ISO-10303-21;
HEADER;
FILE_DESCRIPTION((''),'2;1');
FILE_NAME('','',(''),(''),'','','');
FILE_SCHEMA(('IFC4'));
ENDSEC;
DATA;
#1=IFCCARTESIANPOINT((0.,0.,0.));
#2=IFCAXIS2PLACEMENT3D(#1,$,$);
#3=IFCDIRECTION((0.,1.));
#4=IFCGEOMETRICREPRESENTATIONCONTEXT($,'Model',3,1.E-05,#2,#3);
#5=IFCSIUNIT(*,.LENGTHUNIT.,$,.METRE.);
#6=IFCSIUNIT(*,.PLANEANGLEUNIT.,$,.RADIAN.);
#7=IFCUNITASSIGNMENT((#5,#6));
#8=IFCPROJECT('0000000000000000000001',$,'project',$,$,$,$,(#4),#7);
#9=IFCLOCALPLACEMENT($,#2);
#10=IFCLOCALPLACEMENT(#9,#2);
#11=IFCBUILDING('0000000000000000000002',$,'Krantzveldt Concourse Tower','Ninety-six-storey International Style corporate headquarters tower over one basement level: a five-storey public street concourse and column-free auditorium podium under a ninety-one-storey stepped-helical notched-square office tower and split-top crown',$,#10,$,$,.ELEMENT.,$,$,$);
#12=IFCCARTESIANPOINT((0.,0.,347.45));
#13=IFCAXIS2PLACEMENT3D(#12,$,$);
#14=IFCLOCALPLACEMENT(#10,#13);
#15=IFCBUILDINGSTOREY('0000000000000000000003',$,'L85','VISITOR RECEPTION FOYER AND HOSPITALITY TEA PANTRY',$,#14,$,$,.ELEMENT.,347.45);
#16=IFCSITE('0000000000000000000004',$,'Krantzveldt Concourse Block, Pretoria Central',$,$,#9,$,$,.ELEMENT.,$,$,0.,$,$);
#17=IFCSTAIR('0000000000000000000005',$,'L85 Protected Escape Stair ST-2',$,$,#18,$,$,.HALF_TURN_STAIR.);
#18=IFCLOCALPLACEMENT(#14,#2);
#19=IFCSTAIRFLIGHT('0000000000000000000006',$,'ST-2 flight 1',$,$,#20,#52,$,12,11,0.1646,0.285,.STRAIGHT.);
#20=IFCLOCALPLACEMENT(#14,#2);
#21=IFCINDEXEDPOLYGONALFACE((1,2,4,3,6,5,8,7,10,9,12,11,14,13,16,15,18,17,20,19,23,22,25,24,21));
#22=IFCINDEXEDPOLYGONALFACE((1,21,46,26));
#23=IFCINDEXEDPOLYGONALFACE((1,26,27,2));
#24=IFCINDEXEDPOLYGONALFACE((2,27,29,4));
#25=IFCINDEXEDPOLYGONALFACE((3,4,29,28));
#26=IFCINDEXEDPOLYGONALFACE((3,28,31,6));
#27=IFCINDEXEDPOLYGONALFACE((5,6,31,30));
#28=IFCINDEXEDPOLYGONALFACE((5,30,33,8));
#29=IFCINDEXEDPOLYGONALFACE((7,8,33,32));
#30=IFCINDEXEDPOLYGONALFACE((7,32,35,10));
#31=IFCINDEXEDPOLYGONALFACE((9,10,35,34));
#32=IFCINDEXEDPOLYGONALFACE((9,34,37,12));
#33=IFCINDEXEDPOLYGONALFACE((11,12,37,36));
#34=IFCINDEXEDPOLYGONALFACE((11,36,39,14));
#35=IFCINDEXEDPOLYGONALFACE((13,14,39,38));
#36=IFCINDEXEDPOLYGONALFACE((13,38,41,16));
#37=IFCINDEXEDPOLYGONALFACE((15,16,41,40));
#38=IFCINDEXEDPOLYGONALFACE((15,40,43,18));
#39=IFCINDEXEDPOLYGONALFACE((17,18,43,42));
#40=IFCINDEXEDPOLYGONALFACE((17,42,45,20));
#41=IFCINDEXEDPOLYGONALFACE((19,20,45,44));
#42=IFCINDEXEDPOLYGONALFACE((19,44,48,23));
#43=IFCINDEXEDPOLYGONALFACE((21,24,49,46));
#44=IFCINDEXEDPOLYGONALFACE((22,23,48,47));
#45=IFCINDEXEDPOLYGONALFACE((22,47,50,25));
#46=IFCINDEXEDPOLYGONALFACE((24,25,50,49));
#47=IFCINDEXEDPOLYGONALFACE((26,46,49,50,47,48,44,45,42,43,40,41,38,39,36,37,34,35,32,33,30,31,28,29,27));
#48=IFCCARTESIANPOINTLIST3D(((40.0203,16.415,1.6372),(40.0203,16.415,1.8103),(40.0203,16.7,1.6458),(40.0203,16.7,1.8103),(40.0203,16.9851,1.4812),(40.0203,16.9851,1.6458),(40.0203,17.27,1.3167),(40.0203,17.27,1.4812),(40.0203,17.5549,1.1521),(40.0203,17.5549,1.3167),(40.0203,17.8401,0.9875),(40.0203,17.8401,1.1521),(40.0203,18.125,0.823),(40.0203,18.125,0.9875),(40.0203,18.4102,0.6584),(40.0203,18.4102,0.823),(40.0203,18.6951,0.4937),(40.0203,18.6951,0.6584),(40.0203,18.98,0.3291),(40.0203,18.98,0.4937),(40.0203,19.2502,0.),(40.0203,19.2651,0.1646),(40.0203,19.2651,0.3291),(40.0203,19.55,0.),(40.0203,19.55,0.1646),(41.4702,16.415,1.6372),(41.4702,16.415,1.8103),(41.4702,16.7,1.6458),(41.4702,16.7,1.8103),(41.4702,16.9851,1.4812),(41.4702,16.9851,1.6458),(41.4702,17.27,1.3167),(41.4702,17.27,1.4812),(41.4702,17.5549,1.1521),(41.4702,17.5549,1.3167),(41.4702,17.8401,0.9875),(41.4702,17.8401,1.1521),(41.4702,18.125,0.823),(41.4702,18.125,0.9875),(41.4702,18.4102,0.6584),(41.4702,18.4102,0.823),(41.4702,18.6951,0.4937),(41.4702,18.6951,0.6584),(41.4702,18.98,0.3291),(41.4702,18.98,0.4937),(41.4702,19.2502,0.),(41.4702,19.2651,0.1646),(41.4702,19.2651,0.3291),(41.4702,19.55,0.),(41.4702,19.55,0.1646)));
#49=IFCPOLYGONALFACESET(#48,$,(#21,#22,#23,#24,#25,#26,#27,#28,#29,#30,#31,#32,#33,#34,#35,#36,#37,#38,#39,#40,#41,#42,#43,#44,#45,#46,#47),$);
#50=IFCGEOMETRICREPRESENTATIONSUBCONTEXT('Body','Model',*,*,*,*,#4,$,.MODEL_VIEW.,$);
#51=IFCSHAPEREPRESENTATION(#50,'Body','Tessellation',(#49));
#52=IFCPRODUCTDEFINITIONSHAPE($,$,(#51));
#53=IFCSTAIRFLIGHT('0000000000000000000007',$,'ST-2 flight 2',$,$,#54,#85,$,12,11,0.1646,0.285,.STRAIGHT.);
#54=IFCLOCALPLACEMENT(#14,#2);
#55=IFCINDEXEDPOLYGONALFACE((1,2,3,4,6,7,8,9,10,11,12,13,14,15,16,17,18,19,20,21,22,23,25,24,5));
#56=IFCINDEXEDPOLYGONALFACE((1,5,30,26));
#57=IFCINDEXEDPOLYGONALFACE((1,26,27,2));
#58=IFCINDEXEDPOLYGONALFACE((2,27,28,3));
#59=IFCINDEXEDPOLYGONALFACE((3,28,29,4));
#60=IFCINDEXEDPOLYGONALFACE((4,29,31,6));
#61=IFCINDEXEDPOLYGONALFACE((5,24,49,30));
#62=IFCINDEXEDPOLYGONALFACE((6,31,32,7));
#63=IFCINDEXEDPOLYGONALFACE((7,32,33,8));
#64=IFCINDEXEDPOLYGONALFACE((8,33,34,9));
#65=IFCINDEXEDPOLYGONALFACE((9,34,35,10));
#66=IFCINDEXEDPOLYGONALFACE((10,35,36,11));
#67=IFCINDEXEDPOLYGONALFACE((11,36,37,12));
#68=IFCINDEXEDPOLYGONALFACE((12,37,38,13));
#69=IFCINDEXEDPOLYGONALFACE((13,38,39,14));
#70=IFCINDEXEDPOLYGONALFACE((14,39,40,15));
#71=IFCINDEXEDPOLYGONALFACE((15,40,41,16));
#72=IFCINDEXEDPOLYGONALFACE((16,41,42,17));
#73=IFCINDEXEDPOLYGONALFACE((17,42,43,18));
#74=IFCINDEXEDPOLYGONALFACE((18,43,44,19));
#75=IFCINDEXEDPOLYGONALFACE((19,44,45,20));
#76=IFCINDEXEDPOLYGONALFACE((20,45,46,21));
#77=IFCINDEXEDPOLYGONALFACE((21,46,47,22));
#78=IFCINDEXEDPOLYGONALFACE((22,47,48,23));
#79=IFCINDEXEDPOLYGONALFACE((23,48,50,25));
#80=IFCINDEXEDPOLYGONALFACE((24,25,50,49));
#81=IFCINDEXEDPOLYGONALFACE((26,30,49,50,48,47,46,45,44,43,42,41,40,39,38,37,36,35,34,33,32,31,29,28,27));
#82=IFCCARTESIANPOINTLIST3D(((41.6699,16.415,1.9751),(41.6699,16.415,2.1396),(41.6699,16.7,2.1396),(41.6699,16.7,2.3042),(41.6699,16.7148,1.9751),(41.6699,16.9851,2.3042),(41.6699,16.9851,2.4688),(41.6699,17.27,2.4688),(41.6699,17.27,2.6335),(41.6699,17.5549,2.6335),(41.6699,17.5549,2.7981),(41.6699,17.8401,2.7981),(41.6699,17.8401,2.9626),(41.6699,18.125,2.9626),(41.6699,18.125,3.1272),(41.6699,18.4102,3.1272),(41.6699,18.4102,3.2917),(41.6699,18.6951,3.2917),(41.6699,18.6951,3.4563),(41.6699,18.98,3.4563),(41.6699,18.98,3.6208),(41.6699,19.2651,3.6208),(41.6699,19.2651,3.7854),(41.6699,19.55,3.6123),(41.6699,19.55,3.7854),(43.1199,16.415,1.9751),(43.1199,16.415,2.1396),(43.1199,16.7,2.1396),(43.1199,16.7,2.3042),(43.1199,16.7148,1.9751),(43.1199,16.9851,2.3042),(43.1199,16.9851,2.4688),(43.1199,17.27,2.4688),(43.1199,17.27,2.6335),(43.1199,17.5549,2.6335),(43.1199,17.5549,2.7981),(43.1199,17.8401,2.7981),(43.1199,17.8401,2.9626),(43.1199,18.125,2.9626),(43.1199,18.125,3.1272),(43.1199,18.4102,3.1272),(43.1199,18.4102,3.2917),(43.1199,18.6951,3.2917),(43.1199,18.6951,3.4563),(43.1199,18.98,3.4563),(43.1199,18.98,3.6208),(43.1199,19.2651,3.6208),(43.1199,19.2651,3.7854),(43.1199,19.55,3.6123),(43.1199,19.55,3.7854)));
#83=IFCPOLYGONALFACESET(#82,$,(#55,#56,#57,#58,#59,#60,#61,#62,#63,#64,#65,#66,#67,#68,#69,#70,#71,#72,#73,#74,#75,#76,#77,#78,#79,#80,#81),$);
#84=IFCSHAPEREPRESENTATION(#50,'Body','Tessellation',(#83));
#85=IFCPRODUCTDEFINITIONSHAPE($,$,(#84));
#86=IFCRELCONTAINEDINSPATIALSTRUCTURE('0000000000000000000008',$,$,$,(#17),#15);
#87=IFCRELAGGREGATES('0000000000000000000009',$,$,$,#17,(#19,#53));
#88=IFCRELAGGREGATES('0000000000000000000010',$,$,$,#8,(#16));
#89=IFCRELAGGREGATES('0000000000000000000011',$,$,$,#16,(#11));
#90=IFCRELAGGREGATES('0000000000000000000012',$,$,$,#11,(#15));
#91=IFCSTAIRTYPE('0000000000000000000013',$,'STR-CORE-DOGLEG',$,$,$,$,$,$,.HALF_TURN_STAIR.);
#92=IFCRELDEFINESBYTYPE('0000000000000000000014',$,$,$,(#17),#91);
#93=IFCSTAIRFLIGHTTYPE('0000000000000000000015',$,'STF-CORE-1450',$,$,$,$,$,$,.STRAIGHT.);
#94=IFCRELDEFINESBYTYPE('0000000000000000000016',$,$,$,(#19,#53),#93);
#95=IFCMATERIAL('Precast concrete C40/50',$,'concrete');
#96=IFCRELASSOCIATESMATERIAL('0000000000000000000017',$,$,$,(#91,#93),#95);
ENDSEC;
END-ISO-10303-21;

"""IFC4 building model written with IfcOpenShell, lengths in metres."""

from ifc_helpers import new_model, si_unit, direction, frame, origin, place, context, subcontext, project, spatial, polyline, outline, extrude, material, type_object, element, aggregate, save


model = new_model("IFC4")

# Units and contexts
model_context = context("Model", 3, precision=1e-05, world=origin(), true_north=direction((0.0, 1.0)))
body_context = subcontext(model_context, "Body", "Model", "MODEL_VIEW")
ifc_project = project(units=[si_unit("LENGTHUNIT", "METRE"), si_unit("PLANEANGLEUNIT", "RADIAN")], contexts=[model_context])

# Site, building, storey
site_placement = place(None, origin())
site = spatial("IfcSite", under=ifc_project, at=site_placement, Name="Krantzveldt Concourse Block, Pretoria Central", CompositionType="ELEMENT", RefElevation=0.0)
building_placement = place(site_placement, origin())
building = spatial("IfcBuilding", under=site, at=building_placement, Name="Krantzveldt Concourse Tower", Description="Ninety-six-storey International Style corporate headquarters tower over one basement level: a five-storey public street concourse and column-free auditorium podium under a ninety-one-storey stepped-helical notched-square office tower and split-top crown", CompositionType="ELEMENT")
storey_placement = place(building_placement, frame((0.0, 0.0, 347.45)))
storey = spatial("IfcBuildingStorey", under=building, at=storey_placement, Name="L85", Description="VISITOR RECEPTION FOYER AND HOSPITALITY TEA PANTRY", CompositionType="ELEMENT", Elevation=347.45)

# Stair, stair flights
ifc_material_1 = material(Name="Precast concrete C40/50", Category="concrete")
stair_type = type_object("IfcStairType", Name="STR-CORE-DOGLEG", PredefinedType="HALF_TURN_STAIR", material=ifc_material_1)
stair_placement = place(storey_placement, origin())
stair = element("IfcStair", 1, at=stair_placement, inside=storey, type_object=stair_type, Name="L85 Protected Escape Stair ST-2", PredefinedType="HALF_TURN_STAIR")
stair_flight_type = type_object("IfcStairFlightType", Name="STF-CORE-1450", PredefinedType="STRAIGHT", material=ifc_material_1)
stair_flight_1_placement = place(storey_placement, frame((40.7451, 19.55, 0.0), z_axis=(0.0, 0.0, 1.0), x_axis=(0.0, -1.0, 0.0)))
stair_flight_1 = element("IfcStairFlight", 2, at=stair_flight_1_placement, type_object=stair_flight_type, Name="ST-2 flight 1", NumberOfRisers=12, NumberOfTreads=11, PredefinedType="STRAIGHT", RiserHeight=0.1646, TreadLength=0.285, context=body_context, shape_type="SweptSolid", body=[
    extrude(outline(polyline([(0.0, 0.0), (0.0, 0.1646), (0.2849, 0.1646), (0.2849, 0.3291), (0.5701, 0.3291), (0.5701, 0.4937), (0.855, 0.4937), (0.855, 0.6584), (1.1399, 0.6584), (1.1399, 0.823), (1.425, 0.823), (1.425, 0.9875), (1.71, 0.9875), (1.71, 1.1521), (1.9951, 1.1521), (1.9951, 1.3167), (2.28, 1.3167), (2.28, 1.4812), (2.5649, 1.4812), (2.5649, 1.6458), (2.8501, 1.6458), (2.8501, 1.8103), (3.135, 1.8103), (3.135, 1.9751), (3.135, 1.6372), (0.2998, 0.0), (0.0, 0.0)])), frame((0.0, 0.7251, 0.0), z_axis=(0.0, -1.0, 0.0), x_axis=(1.0, 0.0, 0.0)), (0.0, 0.0, 1.0), 1.45),
])
stair_flight_2_placement = place(storey_placement, frame((42.395, 16.415, 1.9751), z_axis=(0.0, 0.0, 1.0), x_axis=(0.0, 1.0, 0.0)))
stair_flight_2 = element("IfcStairFlight", 3, at=stair_flight_2_placement, type_object=stair_flight_type, Name="ST-2 flight 2", NumberOfRisers=12, NumberOfTreads=11, PredefinedType="STRAIGHT", RiserHeight=0.1646, TreadLength=0.285, context=body_context, shape_type="SweptSolid", body=[
    extrude(outline(polyline([(0.0, 0.0), (0.0, 0.1646), (0.2849, 0.1646), (0.2849, 0.3291), (0.5701, 0.3291), (0.5701, 0.4937), (0.855, 0.4937), (0.855, 0.6584), (1.1399, 0.6584), (1.1399, 0.823), (1.425, 0.823), (1.425, 0.9875), (1.71, 0.9875), (1.71, 1.1521), (1.9951, 1.1521), (1.9951, 1.3167), (2.28, 1.3167), (2.28, 1.4812), (2.5649, 1.4812), (2.5649, 1.6458), (2.8501, 1.6458), (2.8501, 1.8103), (3.135, 1.8103), (3.135, 1.9751), (3.135, 1.6372), (0.2998, 0.0), (0.0, 0.0)])), frame((0.0, 0.7251, 0.0), z_axis=(0.0, -1.0, 0.0), x_axis=(1.0, 0.0, 0.0)), (0.0, 0.0, 1.0), 1.45),
])
aggregate(stair, [stair_flight_1, stair_flight_2])

save(model, "model.ifc")
